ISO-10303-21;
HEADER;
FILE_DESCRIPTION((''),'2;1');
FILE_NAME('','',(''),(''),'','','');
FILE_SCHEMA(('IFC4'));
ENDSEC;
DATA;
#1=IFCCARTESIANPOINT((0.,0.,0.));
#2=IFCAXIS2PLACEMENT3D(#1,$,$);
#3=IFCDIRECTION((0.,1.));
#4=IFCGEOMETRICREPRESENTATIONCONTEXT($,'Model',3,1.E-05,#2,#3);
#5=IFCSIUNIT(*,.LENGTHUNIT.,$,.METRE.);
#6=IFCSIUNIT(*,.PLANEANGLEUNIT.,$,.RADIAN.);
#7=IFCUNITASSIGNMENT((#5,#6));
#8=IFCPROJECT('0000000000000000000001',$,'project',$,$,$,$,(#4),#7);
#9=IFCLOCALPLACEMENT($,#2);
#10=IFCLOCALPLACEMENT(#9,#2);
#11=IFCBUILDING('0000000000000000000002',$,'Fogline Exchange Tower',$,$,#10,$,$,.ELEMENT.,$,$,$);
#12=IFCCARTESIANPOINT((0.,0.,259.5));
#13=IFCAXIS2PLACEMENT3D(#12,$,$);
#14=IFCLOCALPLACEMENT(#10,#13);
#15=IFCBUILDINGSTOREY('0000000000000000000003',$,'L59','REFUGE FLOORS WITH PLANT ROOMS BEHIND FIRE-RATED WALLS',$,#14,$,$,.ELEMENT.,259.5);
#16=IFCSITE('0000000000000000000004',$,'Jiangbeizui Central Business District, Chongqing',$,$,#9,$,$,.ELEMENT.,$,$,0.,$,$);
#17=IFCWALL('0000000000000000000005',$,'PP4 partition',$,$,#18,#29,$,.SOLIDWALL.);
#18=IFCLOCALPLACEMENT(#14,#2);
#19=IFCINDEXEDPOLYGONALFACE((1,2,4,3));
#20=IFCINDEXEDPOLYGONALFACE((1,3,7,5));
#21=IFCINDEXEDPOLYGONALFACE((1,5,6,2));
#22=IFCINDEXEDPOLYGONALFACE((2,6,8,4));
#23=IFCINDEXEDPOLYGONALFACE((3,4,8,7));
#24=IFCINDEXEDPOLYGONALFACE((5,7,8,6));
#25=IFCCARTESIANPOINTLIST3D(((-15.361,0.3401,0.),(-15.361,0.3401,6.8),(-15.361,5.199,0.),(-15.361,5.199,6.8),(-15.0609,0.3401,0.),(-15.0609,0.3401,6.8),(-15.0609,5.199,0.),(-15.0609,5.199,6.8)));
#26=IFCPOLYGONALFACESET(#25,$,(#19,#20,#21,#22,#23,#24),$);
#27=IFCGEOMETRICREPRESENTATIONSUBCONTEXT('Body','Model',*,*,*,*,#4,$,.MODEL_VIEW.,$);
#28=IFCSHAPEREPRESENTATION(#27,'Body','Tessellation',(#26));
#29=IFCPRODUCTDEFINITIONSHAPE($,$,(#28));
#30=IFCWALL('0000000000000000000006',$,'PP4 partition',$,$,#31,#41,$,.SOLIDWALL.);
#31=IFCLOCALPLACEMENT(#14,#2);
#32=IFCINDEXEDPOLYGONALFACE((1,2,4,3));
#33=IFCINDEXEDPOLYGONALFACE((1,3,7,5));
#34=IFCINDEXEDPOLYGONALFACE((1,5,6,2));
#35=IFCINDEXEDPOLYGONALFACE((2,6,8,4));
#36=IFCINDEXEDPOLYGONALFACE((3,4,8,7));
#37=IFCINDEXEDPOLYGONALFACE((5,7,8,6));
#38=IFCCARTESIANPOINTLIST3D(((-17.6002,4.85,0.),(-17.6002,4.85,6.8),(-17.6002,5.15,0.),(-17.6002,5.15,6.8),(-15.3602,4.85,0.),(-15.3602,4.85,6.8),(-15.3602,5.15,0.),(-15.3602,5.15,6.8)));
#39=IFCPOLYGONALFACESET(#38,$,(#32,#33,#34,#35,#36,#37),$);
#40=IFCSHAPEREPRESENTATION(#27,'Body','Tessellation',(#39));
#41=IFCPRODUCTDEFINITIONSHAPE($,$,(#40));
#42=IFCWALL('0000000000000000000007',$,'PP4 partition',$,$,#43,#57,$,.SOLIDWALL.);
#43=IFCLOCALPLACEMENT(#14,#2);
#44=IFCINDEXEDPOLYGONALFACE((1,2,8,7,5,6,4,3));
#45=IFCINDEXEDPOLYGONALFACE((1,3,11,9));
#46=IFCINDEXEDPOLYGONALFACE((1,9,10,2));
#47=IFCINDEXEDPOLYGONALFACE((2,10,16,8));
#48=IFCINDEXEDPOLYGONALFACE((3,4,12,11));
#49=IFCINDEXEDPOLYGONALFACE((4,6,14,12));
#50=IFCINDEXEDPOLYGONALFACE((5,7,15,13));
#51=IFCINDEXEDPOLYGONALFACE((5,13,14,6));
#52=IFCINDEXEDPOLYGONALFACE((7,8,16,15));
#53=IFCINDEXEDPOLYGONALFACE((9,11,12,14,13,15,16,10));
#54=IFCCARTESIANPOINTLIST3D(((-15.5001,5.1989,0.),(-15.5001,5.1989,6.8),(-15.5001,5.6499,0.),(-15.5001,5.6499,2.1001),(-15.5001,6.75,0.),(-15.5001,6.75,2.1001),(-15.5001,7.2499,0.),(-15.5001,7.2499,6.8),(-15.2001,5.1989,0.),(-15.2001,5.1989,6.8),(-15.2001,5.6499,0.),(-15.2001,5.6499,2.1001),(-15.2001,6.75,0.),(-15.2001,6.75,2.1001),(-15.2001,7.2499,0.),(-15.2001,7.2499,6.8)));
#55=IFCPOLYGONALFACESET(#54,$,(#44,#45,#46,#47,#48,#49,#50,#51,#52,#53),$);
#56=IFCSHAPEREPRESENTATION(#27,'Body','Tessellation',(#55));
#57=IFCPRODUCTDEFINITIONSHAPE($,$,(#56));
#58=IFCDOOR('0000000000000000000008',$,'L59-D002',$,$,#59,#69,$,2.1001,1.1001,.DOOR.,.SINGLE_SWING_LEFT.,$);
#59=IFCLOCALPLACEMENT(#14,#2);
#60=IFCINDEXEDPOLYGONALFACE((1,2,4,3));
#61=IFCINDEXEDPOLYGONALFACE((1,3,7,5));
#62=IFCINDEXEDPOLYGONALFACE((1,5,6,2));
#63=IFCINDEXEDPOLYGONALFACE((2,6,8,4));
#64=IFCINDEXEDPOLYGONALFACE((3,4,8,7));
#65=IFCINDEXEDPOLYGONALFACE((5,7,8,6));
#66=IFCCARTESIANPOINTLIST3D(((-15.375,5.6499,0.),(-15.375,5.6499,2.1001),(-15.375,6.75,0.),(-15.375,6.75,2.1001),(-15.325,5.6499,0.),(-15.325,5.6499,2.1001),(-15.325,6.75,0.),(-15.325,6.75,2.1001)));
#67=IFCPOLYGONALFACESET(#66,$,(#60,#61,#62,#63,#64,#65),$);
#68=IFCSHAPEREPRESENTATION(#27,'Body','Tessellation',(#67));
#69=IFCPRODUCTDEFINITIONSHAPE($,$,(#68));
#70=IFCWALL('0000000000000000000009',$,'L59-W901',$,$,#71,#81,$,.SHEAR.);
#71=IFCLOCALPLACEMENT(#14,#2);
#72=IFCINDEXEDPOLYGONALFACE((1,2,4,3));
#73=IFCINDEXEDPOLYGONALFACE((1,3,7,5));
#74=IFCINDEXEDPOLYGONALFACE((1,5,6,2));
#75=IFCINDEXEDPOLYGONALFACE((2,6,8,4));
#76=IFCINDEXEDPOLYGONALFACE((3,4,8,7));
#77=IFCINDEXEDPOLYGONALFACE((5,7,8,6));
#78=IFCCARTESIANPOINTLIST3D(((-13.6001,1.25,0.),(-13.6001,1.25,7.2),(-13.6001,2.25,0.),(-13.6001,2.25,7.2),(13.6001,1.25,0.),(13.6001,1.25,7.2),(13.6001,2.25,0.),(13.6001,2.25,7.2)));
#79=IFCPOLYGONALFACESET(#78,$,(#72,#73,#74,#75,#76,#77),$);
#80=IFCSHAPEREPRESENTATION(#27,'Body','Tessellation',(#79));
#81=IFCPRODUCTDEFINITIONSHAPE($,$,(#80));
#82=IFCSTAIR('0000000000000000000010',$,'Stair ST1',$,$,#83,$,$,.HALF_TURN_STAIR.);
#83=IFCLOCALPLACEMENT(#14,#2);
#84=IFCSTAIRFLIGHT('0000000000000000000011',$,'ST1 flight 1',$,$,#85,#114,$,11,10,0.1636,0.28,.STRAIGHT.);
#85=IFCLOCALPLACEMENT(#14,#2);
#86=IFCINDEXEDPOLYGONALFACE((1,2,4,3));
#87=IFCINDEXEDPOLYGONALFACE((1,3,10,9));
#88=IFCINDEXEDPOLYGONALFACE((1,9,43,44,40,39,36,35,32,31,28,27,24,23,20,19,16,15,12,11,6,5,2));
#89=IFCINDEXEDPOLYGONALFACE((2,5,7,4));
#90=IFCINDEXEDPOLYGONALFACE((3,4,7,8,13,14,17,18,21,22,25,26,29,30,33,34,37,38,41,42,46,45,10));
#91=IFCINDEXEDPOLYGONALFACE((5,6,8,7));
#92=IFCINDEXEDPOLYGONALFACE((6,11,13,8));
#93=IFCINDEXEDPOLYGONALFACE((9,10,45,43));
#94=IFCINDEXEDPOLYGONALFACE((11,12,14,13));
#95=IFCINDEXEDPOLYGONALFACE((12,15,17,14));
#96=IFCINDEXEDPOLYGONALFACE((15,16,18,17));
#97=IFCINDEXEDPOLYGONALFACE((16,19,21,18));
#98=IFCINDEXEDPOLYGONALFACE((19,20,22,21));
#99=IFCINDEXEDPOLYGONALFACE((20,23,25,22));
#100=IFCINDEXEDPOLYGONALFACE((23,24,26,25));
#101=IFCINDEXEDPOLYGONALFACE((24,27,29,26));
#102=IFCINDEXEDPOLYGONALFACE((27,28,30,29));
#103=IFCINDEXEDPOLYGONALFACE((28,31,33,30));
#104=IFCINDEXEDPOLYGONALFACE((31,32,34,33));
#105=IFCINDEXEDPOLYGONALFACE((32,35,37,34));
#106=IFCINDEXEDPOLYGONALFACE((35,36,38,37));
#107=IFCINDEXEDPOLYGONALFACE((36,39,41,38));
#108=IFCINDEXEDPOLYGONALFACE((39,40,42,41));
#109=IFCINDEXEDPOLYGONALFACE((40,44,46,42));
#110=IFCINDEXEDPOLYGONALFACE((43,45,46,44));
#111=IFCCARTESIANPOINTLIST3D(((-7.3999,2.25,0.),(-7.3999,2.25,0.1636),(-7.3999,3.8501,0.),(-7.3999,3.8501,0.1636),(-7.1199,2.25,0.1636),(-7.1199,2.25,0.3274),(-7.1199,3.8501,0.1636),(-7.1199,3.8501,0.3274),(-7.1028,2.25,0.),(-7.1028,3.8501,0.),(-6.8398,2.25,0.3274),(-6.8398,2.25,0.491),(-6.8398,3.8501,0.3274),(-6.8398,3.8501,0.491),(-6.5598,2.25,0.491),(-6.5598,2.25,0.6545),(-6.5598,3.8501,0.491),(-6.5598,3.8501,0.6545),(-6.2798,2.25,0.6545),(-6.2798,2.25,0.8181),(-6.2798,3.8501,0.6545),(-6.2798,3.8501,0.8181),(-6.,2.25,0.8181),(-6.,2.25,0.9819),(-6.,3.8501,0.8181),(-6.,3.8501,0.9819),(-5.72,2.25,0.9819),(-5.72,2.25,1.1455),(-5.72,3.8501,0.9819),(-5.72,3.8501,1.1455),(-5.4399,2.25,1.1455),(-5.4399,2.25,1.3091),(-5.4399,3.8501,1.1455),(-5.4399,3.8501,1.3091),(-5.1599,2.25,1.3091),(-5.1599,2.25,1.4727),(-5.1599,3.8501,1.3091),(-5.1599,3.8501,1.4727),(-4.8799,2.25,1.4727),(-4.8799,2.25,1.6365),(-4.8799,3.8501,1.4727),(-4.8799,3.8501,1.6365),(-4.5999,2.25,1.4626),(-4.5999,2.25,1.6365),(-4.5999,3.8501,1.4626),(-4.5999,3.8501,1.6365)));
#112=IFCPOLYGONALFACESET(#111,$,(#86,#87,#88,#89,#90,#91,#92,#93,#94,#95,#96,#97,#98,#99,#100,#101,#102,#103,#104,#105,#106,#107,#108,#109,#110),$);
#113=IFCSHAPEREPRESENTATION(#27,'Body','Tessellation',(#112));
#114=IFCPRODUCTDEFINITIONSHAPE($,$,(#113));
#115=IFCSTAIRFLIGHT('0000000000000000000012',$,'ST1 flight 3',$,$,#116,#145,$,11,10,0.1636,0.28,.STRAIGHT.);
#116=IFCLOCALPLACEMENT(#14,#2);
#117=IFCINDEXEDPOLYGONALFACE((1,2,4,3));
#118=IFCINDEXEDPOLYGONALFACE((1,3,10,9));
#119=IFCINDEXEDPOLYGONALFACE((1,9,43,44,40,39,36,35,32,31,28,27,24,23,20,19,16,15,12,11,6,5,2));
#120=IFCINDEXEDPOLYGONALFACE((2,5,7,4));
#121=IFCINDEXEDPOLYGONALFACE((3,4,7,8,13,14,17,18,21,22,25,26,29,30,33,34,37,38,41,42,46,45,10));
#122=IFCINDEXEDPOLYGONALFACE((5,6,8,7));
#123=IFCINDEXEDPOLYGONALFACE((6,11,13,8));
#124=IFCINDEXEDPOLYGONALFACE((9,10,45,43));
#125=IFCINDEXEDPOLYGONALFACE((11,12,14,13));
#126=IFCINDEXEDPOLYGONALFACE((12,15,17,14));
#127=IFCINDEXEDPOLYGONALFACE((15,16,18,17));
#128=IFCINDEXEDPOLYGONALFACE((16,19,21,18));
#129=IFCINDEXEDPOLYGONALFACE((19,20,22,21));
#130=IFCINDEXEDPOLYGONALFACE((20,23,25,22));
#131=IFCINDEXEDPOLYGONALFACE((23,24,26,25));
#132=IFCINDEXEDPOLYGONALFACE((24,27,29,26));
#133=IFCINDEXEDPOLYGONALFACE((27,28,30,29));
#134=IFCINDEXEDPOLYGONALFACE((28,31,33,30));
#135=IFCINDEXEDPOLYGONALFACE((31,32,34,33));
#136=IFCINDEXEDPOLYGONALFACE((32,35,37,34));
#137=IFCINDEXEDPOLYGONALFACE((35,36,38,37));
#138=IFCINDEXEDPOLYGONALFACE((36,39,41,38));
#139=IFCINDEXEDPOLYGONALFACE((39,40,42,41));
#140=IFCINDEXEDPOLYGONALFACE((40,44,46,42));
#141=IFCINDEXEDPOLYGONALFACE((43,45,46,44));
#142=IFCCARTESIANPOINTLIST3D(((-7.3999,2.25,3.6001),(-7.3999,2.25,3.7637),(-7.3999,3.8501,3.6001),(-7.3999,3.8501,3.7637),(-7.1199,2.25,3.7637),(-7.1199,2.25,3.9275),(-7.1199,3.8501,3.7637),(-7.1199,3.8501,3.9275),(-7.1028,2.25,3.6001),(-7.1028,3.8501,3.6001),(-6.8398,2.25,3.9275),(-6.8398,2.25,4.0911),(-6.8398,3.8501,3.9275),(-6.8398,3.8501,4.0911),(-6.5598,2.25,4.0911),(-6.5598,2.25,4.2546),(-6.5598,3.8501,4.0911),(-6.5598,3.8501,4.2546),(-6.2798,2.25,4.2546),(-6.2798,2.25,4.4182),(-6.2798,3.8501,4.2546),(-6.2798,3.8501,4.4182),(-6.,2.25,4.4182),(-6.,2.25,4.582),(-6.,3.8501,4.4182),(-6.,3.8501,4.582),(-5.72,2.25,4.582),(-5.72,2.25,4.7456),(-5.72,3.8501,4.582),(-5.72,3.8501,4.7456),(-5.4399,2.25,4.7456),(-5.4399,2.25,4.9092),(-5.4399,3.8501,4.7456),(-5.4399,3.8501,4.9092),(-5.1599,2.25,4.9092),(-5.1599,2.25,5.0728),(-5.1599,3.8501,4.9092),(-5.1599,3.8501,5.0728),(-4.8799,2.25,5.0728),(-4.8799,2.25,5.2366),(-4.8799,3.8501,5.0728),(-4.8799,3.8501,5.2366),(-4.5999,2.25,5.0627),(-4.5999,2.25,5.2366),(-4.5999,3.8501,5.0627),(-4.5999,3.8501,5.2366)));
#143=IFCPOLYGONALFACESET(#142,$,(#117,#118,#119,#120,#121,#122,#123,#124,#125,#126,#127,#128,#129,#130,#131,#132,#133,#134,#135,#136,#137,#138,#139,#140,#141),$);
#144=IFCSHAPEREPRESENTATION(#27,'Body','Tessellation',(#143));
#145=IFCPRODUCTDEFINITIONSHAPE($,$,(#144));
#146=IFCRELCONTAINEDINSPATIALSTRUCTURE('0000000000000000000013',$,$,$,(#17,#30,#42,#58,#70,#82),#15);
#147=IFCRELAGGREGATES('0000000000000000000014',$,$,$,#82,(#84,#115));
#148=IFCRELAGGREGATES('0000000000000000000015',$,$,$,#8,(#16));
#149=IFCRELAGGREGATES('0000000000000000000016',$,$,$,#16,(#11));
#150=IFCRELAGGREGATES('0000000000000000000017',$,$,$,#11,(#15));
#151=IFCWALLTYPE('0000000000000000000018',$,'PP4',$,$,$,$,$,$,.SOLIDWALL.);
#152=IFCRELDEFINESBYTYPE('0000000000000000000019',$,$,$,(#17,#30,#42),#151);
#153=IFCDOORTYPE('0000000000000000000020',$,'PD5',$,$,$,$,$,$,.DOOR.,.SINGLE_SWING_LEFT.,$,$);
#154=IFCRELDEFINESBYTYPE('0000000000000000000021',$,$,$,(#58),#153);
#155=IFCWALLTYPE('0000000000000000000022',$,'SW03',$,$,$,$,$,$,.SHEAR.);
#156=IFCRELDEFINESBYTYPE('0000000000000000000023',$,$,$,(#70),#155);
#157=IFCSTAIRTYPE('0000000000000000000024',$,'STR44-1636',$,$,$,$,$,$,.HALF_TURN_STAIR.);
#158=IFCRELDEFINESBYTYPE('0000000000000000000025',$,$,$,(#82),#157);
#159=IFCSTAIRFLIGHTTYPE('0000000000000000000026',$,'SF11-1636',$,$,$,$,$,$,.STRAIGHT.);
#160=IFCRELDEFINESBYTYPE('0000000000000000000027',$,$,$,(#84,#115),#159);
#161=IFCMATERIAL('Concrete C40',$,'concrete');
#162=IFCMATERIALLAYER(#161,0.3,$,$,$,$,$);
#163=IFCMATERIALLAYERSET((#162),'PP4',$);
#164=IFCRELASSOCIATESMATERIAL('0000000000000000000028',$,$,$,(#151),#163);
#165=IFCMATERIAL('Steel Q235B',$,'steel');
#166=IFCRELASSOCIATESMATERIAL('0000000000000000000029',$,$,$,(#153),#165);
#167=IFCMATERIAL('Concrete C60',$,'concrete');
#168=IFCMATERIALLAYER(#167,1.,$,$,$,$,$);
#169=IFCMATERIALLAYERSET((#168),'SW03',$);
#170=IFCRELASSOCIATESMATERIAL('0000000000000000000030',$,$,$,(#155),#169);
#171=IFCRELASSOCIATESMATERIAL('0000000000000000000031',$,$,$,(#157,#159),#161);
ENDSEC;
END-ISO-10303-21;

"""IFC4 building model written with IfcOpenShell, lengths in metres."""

from ifc_helpers import new_model, si_unit, direction, frame, frame_2d, origin, place, context, subcontext, project, spatial, polyline, rectangle, outline, extrude, material, layer, layer_set, type_object, element, fill, aggregate, save


model = new_model("IFC4")

# Units and contexts
model_context = context("Model", 3, precision=1e-05, world=origin(), true_north=direction((0.0, 1.0)))
body_context = subcontext(model_context, "Body", "Model", "MODEL_VIEW")
ifc_project = project(units=[si_unit("LENGTHUNIT", "METRE"), si_unit("PLANEANGLEUNIT", "RADIAN")], contexts=[model_context])

# Site, building, storey
site_placement = place(None, origin())
site = spatial("IfcSite", under=ifc_project, at=site_placement, Name="Jiangbeizui Central Business District, Chongqing", CompositionType="ELEMENT", RefElevation=0.0)
building_placement = place(site_placement, origin())
building = spatial("IfcBuilding", under=site, at=building_placement, Name="Fogline Exchange Tower", CompositionType="ELEMENT")
storey_placement = place(building_placement, frame((0.0, 0.0, 259.5)))
storey = spatial("IfcBuildingStorey", under=building, at=storey_placement, Name="L59", Description="REFUGE FLOORS WITH PLANT ROOMS BEHIND FIRE-RATED WALLS", CompositionType="ELEMENT", Elevation=259.5)

# Shared definitions
ifc_material_1 = material(Name="Concrete C40", Category="concrete")

# Walls
ifc_layer_1 = layer(ifc_material_1, 0.3)
ifc_layer_set_1 = layer_set([ifc_layer_1], Name="PP4")
wall_type_1 = type_object("IfcWallType", Name="PP4", PredefinedType="SOLIDWALL", material=ifc_layer_set_1)
wall_1_placement = place(storey_placement, frame((-15.2109, 0.3401, 0.0), z_axis=(0.0, 0.0, 1.0), x_axis=(0.0, 1.0, 0.0)))
element("IfcWall", 1, at=wall_1_placement, inside=storey, type_object=wall_type_1, Name="PP4 partition", PredefinedType="SOLIDWALL", context=body_context, shape_type="SweptSolid", body=[
    extrude(rectangle(XDim=4.8589, YDim=0.3, at=frame_2d((2.4294, 0.0))), origin(), (0.0, 0.0, 1.0), 6.8),
])
wall_2_placement = place(storey_placement, frame((-15.3601, 5.0, 0.0), z_axis=(0.0, 0.0, 1.0), x_axis=(-1.0, 0.0, 0.0)))
element("IfcWall", 2, at=wall_2_placement, inside=storey, type_object=wall_type_1, Name="PP4 partition", PredefinedType="SOLIDWALL", context=body_context, shape_type="SweptSolid", body=[
    extrude(rectangle(XDim=2.24, YDim=0.3, at=frame_2d((1.1201, 0.0))), origin(), (0.0, 0.0, 1.0), 6.8),
])

# Wall, opening, door
wall_3_placement = place(storey_placement, frame((-15.3501, 5.199, 0.0), z_axis=(0.0, 0.0, 1.0), x_axis=(0.0, 1.0, 0.0)))
wall_3 = element("IfcWall", 3, at=wall_3_placement, inside=storey, type_object=wall_type_1, Name="PP4 partition", PredefinedType="SOLIDWALL", context=body_context, shape_type="SweptSolid", body=[
    extrude(rectangle(XDim=2.051, YDim=0.3, at=frame_2d((1.0254, 0.0))), origin(), (0.0, 0.0, 1.0), 6.8),
])
opening_1_placement = place(wall_3_placement, frame((0.4509, 0.0, 0.0)))
opening_1 = element("IfcOpeningElement", 4, at=opening_1_placement, cuts=wall_3, PredefinedType="OPENING", context=body_context, shape_type="SweptSolid", body=[
    extrude(rectangle(XDim=1.1001, YDim=2.1001, at=frame_2d((0.55, 1.05))), frame((0.0, 0.1602, 0.0), z_axis=(0.0, -1.0, 0.0), x_axis=(1.0, 0.0, 0.0)), (0.0, 0.0, 1.0), 0.3201),
])
ifc_material_2 = material(Name="Steel Q235B", Category="steel")
door_type_1 = type_object("IfcDoorType", Name="PD5", OperationType="SINGLE_SWING_LEFT", PredefinedType="DOOR", material=ifc_material_2)
door_1_placement = place(opening_1_placement, origin())
door_1 = element("IfcDoor", 5, at=door_1_placement, inside=storey, type_object=door_type_1, Name="L59-D002", OperationType="SINGLE_SWING_LEFT", OverallHeight=2.1001, OverallWidth=1.1001, PredefinedType="DOOR", context=body_context, shape_type="SweptSolid", body=[
    extrude(rectangle(XDim=1.1001, YDim=2.1001, at=frame_2d((0.55, 1.05))), frame((0.0, 0.0249, 0.0), z_axis=(0.0, -1.0, 0.0), x_axis=(1.0, 0.0, 0.0)), (0.0, 0.0, 1.0), 0.05),
])
fill(opening_1, door_1)

# Wall
ifc_material_3 = material(Name="Concrete C60", Category="concrete")
ifc_layer_2 = layer(ifc_material_3, 1.0)
ifc_layer_set_2 = layer_set([ifc_layer_2], Name="SW03")
wall_type_2 = type_object("IfcWallType", Name="SW03", PredefinedType="SHEAR", material=ifc_layer_set_2)
wall_4_placement = place(storey_placement, frame((-13.6001, 1.75, 0.0), z_axis=(0.0, 0.0, 1.0), x_axis=(1.0, 0.0, 0.0)))
element("IfcWall", 6, at=wall_4_placement, inside=storey, type_object=wall_type_2, Name="L59-W901", PredefinedType="SHEAR", context=body_context, shape_type="SweptSolid", body=[
    extrude(rectangle(XDim=27.2002, YDim=1.0, at=frame_2d((13.6001, 0.0))), origin(), (0.0, 0.0, 1.0), 7.2),
])

# Stair, stair flights
stair_type = type_object("IfcStairType", Name="STR44-1636", PredefinedType="HALF_TURN_STAIR", material=ifc_material_1)
stair_placement = place(storey_placement, origin())
stair = element("IfcStair", 7, at=stair_placement, inside=storey, type_object=stair_type, Name="Stair ST1", PredefinedType="HALF_TURN_STAIR")
stair_flight_type = type_object("IfcStairFlightType", Name="SF11-1636", PredefinedType="STRAIGHT", material=ifc_material_1)
stair_flight_1_placement = place(storey_placement, frame((-7.3999, 3.05, 0.0), z_axis=(0.0, 0.0, 1.0), x_axis=(1.0, 0.0, 0.0)))
stair_flight_1 = element("IfcStairFlight", 8, at=stair_flight_1_placement, type_object=stair_flight_type, Name="ST1 flight 1", NumberOfRisers=11, NumberOfTreads=10, PredefinedType="STRAIGHT", RiserHeight=0.1636, TreadLength=0.28, context=body_context, shape_type="SweptSolid", body=[
    extrude(outline(polyline([(0.0, 0.0), (0.0, 0.1636), (0.28, 0.1636), (0.28, 0.3274), (0.5601, 0.3274), (0.5601, 0.491), (0.8401, 0.491), (0.8401, 0.6545), (1.1201, 0.6545), (1.1201, 0.8181), (1.3999, 0.8181), (1.3999, 0.9819), (1.6799, 0.9819), (1.6799, 1.1455), (1.96, 1.1455), (1.96, 1.3091), (2.24, 1.3091), (2.24, 1.4727), (2.52, 1.4727), (2.52, 1.6365), (2.8, 1.6365), (2.8, 1.8), (2.8, 1.4626), (0.2971, 0.0), (0.0, 0.0)])), frame((0.0, 0.8, 0.0), z_axis=(0.0, -1.0, 0.0), x_axis=(1.0, 0.0, 0.0)), (0.0, 0.0, 1.0), 1.6001),
])
stair_flight_2_placement = place(storey_placement, frame((-7.3999, 3.05, 3.6001), z_axis=(0.0, 0.0, 1.0), x_axis=(1.0, 0.0, 0.0)))
stair_flight_2 = element("IfcStairFlight", 9, at=stair_flight_2_placement, type_object=stair_flight_type, Name="ST1 flight 3", NumberOfRisers=11, NumberOfTreads=10, PredefinedType="STRAIGHT", RiserHeight=0.1636, TreadLength=0.28, context=body_context, shape_type="SweptSolid", body=[
    extrude(outline(polyline([(0.0, 0.0), (0.0, 0.1636), (0.28, 0.1636), (0.28, 0.3274), (0.5601, 0.3274), (0.5601, 0.491), (0.8401, 0.491), (0.8401, 0.6545), (1.1201, 0.6545), (1.1201, 0.8181), (1.3999, 0.8181), (1.3999, 0.9819), (1.6799, 0.9819), (1.6799, 1.1455), (1.96, 1.1455), (1.96, 1.3091), (2.24, 1.3091), (2.24, 1.4727), (2.52, 1.4727), (2.52, 1.6365), (2.8, 1.6365), (2.8, 1.8), (2.8, 1.4626), (0.2971, 0.0), (0.0, 0.0)])), frame((0.0, 0.8, 0.0), z_axis=(0.0, -1.0, 0.0), x_axis=(1.0, 0.0, 0.0)), (0.0, 0.0, 1.0), 1.6001),
])
aggregate(stair, [stair_flight_1, stair_flight_2])

save(model, "model.ifc")
